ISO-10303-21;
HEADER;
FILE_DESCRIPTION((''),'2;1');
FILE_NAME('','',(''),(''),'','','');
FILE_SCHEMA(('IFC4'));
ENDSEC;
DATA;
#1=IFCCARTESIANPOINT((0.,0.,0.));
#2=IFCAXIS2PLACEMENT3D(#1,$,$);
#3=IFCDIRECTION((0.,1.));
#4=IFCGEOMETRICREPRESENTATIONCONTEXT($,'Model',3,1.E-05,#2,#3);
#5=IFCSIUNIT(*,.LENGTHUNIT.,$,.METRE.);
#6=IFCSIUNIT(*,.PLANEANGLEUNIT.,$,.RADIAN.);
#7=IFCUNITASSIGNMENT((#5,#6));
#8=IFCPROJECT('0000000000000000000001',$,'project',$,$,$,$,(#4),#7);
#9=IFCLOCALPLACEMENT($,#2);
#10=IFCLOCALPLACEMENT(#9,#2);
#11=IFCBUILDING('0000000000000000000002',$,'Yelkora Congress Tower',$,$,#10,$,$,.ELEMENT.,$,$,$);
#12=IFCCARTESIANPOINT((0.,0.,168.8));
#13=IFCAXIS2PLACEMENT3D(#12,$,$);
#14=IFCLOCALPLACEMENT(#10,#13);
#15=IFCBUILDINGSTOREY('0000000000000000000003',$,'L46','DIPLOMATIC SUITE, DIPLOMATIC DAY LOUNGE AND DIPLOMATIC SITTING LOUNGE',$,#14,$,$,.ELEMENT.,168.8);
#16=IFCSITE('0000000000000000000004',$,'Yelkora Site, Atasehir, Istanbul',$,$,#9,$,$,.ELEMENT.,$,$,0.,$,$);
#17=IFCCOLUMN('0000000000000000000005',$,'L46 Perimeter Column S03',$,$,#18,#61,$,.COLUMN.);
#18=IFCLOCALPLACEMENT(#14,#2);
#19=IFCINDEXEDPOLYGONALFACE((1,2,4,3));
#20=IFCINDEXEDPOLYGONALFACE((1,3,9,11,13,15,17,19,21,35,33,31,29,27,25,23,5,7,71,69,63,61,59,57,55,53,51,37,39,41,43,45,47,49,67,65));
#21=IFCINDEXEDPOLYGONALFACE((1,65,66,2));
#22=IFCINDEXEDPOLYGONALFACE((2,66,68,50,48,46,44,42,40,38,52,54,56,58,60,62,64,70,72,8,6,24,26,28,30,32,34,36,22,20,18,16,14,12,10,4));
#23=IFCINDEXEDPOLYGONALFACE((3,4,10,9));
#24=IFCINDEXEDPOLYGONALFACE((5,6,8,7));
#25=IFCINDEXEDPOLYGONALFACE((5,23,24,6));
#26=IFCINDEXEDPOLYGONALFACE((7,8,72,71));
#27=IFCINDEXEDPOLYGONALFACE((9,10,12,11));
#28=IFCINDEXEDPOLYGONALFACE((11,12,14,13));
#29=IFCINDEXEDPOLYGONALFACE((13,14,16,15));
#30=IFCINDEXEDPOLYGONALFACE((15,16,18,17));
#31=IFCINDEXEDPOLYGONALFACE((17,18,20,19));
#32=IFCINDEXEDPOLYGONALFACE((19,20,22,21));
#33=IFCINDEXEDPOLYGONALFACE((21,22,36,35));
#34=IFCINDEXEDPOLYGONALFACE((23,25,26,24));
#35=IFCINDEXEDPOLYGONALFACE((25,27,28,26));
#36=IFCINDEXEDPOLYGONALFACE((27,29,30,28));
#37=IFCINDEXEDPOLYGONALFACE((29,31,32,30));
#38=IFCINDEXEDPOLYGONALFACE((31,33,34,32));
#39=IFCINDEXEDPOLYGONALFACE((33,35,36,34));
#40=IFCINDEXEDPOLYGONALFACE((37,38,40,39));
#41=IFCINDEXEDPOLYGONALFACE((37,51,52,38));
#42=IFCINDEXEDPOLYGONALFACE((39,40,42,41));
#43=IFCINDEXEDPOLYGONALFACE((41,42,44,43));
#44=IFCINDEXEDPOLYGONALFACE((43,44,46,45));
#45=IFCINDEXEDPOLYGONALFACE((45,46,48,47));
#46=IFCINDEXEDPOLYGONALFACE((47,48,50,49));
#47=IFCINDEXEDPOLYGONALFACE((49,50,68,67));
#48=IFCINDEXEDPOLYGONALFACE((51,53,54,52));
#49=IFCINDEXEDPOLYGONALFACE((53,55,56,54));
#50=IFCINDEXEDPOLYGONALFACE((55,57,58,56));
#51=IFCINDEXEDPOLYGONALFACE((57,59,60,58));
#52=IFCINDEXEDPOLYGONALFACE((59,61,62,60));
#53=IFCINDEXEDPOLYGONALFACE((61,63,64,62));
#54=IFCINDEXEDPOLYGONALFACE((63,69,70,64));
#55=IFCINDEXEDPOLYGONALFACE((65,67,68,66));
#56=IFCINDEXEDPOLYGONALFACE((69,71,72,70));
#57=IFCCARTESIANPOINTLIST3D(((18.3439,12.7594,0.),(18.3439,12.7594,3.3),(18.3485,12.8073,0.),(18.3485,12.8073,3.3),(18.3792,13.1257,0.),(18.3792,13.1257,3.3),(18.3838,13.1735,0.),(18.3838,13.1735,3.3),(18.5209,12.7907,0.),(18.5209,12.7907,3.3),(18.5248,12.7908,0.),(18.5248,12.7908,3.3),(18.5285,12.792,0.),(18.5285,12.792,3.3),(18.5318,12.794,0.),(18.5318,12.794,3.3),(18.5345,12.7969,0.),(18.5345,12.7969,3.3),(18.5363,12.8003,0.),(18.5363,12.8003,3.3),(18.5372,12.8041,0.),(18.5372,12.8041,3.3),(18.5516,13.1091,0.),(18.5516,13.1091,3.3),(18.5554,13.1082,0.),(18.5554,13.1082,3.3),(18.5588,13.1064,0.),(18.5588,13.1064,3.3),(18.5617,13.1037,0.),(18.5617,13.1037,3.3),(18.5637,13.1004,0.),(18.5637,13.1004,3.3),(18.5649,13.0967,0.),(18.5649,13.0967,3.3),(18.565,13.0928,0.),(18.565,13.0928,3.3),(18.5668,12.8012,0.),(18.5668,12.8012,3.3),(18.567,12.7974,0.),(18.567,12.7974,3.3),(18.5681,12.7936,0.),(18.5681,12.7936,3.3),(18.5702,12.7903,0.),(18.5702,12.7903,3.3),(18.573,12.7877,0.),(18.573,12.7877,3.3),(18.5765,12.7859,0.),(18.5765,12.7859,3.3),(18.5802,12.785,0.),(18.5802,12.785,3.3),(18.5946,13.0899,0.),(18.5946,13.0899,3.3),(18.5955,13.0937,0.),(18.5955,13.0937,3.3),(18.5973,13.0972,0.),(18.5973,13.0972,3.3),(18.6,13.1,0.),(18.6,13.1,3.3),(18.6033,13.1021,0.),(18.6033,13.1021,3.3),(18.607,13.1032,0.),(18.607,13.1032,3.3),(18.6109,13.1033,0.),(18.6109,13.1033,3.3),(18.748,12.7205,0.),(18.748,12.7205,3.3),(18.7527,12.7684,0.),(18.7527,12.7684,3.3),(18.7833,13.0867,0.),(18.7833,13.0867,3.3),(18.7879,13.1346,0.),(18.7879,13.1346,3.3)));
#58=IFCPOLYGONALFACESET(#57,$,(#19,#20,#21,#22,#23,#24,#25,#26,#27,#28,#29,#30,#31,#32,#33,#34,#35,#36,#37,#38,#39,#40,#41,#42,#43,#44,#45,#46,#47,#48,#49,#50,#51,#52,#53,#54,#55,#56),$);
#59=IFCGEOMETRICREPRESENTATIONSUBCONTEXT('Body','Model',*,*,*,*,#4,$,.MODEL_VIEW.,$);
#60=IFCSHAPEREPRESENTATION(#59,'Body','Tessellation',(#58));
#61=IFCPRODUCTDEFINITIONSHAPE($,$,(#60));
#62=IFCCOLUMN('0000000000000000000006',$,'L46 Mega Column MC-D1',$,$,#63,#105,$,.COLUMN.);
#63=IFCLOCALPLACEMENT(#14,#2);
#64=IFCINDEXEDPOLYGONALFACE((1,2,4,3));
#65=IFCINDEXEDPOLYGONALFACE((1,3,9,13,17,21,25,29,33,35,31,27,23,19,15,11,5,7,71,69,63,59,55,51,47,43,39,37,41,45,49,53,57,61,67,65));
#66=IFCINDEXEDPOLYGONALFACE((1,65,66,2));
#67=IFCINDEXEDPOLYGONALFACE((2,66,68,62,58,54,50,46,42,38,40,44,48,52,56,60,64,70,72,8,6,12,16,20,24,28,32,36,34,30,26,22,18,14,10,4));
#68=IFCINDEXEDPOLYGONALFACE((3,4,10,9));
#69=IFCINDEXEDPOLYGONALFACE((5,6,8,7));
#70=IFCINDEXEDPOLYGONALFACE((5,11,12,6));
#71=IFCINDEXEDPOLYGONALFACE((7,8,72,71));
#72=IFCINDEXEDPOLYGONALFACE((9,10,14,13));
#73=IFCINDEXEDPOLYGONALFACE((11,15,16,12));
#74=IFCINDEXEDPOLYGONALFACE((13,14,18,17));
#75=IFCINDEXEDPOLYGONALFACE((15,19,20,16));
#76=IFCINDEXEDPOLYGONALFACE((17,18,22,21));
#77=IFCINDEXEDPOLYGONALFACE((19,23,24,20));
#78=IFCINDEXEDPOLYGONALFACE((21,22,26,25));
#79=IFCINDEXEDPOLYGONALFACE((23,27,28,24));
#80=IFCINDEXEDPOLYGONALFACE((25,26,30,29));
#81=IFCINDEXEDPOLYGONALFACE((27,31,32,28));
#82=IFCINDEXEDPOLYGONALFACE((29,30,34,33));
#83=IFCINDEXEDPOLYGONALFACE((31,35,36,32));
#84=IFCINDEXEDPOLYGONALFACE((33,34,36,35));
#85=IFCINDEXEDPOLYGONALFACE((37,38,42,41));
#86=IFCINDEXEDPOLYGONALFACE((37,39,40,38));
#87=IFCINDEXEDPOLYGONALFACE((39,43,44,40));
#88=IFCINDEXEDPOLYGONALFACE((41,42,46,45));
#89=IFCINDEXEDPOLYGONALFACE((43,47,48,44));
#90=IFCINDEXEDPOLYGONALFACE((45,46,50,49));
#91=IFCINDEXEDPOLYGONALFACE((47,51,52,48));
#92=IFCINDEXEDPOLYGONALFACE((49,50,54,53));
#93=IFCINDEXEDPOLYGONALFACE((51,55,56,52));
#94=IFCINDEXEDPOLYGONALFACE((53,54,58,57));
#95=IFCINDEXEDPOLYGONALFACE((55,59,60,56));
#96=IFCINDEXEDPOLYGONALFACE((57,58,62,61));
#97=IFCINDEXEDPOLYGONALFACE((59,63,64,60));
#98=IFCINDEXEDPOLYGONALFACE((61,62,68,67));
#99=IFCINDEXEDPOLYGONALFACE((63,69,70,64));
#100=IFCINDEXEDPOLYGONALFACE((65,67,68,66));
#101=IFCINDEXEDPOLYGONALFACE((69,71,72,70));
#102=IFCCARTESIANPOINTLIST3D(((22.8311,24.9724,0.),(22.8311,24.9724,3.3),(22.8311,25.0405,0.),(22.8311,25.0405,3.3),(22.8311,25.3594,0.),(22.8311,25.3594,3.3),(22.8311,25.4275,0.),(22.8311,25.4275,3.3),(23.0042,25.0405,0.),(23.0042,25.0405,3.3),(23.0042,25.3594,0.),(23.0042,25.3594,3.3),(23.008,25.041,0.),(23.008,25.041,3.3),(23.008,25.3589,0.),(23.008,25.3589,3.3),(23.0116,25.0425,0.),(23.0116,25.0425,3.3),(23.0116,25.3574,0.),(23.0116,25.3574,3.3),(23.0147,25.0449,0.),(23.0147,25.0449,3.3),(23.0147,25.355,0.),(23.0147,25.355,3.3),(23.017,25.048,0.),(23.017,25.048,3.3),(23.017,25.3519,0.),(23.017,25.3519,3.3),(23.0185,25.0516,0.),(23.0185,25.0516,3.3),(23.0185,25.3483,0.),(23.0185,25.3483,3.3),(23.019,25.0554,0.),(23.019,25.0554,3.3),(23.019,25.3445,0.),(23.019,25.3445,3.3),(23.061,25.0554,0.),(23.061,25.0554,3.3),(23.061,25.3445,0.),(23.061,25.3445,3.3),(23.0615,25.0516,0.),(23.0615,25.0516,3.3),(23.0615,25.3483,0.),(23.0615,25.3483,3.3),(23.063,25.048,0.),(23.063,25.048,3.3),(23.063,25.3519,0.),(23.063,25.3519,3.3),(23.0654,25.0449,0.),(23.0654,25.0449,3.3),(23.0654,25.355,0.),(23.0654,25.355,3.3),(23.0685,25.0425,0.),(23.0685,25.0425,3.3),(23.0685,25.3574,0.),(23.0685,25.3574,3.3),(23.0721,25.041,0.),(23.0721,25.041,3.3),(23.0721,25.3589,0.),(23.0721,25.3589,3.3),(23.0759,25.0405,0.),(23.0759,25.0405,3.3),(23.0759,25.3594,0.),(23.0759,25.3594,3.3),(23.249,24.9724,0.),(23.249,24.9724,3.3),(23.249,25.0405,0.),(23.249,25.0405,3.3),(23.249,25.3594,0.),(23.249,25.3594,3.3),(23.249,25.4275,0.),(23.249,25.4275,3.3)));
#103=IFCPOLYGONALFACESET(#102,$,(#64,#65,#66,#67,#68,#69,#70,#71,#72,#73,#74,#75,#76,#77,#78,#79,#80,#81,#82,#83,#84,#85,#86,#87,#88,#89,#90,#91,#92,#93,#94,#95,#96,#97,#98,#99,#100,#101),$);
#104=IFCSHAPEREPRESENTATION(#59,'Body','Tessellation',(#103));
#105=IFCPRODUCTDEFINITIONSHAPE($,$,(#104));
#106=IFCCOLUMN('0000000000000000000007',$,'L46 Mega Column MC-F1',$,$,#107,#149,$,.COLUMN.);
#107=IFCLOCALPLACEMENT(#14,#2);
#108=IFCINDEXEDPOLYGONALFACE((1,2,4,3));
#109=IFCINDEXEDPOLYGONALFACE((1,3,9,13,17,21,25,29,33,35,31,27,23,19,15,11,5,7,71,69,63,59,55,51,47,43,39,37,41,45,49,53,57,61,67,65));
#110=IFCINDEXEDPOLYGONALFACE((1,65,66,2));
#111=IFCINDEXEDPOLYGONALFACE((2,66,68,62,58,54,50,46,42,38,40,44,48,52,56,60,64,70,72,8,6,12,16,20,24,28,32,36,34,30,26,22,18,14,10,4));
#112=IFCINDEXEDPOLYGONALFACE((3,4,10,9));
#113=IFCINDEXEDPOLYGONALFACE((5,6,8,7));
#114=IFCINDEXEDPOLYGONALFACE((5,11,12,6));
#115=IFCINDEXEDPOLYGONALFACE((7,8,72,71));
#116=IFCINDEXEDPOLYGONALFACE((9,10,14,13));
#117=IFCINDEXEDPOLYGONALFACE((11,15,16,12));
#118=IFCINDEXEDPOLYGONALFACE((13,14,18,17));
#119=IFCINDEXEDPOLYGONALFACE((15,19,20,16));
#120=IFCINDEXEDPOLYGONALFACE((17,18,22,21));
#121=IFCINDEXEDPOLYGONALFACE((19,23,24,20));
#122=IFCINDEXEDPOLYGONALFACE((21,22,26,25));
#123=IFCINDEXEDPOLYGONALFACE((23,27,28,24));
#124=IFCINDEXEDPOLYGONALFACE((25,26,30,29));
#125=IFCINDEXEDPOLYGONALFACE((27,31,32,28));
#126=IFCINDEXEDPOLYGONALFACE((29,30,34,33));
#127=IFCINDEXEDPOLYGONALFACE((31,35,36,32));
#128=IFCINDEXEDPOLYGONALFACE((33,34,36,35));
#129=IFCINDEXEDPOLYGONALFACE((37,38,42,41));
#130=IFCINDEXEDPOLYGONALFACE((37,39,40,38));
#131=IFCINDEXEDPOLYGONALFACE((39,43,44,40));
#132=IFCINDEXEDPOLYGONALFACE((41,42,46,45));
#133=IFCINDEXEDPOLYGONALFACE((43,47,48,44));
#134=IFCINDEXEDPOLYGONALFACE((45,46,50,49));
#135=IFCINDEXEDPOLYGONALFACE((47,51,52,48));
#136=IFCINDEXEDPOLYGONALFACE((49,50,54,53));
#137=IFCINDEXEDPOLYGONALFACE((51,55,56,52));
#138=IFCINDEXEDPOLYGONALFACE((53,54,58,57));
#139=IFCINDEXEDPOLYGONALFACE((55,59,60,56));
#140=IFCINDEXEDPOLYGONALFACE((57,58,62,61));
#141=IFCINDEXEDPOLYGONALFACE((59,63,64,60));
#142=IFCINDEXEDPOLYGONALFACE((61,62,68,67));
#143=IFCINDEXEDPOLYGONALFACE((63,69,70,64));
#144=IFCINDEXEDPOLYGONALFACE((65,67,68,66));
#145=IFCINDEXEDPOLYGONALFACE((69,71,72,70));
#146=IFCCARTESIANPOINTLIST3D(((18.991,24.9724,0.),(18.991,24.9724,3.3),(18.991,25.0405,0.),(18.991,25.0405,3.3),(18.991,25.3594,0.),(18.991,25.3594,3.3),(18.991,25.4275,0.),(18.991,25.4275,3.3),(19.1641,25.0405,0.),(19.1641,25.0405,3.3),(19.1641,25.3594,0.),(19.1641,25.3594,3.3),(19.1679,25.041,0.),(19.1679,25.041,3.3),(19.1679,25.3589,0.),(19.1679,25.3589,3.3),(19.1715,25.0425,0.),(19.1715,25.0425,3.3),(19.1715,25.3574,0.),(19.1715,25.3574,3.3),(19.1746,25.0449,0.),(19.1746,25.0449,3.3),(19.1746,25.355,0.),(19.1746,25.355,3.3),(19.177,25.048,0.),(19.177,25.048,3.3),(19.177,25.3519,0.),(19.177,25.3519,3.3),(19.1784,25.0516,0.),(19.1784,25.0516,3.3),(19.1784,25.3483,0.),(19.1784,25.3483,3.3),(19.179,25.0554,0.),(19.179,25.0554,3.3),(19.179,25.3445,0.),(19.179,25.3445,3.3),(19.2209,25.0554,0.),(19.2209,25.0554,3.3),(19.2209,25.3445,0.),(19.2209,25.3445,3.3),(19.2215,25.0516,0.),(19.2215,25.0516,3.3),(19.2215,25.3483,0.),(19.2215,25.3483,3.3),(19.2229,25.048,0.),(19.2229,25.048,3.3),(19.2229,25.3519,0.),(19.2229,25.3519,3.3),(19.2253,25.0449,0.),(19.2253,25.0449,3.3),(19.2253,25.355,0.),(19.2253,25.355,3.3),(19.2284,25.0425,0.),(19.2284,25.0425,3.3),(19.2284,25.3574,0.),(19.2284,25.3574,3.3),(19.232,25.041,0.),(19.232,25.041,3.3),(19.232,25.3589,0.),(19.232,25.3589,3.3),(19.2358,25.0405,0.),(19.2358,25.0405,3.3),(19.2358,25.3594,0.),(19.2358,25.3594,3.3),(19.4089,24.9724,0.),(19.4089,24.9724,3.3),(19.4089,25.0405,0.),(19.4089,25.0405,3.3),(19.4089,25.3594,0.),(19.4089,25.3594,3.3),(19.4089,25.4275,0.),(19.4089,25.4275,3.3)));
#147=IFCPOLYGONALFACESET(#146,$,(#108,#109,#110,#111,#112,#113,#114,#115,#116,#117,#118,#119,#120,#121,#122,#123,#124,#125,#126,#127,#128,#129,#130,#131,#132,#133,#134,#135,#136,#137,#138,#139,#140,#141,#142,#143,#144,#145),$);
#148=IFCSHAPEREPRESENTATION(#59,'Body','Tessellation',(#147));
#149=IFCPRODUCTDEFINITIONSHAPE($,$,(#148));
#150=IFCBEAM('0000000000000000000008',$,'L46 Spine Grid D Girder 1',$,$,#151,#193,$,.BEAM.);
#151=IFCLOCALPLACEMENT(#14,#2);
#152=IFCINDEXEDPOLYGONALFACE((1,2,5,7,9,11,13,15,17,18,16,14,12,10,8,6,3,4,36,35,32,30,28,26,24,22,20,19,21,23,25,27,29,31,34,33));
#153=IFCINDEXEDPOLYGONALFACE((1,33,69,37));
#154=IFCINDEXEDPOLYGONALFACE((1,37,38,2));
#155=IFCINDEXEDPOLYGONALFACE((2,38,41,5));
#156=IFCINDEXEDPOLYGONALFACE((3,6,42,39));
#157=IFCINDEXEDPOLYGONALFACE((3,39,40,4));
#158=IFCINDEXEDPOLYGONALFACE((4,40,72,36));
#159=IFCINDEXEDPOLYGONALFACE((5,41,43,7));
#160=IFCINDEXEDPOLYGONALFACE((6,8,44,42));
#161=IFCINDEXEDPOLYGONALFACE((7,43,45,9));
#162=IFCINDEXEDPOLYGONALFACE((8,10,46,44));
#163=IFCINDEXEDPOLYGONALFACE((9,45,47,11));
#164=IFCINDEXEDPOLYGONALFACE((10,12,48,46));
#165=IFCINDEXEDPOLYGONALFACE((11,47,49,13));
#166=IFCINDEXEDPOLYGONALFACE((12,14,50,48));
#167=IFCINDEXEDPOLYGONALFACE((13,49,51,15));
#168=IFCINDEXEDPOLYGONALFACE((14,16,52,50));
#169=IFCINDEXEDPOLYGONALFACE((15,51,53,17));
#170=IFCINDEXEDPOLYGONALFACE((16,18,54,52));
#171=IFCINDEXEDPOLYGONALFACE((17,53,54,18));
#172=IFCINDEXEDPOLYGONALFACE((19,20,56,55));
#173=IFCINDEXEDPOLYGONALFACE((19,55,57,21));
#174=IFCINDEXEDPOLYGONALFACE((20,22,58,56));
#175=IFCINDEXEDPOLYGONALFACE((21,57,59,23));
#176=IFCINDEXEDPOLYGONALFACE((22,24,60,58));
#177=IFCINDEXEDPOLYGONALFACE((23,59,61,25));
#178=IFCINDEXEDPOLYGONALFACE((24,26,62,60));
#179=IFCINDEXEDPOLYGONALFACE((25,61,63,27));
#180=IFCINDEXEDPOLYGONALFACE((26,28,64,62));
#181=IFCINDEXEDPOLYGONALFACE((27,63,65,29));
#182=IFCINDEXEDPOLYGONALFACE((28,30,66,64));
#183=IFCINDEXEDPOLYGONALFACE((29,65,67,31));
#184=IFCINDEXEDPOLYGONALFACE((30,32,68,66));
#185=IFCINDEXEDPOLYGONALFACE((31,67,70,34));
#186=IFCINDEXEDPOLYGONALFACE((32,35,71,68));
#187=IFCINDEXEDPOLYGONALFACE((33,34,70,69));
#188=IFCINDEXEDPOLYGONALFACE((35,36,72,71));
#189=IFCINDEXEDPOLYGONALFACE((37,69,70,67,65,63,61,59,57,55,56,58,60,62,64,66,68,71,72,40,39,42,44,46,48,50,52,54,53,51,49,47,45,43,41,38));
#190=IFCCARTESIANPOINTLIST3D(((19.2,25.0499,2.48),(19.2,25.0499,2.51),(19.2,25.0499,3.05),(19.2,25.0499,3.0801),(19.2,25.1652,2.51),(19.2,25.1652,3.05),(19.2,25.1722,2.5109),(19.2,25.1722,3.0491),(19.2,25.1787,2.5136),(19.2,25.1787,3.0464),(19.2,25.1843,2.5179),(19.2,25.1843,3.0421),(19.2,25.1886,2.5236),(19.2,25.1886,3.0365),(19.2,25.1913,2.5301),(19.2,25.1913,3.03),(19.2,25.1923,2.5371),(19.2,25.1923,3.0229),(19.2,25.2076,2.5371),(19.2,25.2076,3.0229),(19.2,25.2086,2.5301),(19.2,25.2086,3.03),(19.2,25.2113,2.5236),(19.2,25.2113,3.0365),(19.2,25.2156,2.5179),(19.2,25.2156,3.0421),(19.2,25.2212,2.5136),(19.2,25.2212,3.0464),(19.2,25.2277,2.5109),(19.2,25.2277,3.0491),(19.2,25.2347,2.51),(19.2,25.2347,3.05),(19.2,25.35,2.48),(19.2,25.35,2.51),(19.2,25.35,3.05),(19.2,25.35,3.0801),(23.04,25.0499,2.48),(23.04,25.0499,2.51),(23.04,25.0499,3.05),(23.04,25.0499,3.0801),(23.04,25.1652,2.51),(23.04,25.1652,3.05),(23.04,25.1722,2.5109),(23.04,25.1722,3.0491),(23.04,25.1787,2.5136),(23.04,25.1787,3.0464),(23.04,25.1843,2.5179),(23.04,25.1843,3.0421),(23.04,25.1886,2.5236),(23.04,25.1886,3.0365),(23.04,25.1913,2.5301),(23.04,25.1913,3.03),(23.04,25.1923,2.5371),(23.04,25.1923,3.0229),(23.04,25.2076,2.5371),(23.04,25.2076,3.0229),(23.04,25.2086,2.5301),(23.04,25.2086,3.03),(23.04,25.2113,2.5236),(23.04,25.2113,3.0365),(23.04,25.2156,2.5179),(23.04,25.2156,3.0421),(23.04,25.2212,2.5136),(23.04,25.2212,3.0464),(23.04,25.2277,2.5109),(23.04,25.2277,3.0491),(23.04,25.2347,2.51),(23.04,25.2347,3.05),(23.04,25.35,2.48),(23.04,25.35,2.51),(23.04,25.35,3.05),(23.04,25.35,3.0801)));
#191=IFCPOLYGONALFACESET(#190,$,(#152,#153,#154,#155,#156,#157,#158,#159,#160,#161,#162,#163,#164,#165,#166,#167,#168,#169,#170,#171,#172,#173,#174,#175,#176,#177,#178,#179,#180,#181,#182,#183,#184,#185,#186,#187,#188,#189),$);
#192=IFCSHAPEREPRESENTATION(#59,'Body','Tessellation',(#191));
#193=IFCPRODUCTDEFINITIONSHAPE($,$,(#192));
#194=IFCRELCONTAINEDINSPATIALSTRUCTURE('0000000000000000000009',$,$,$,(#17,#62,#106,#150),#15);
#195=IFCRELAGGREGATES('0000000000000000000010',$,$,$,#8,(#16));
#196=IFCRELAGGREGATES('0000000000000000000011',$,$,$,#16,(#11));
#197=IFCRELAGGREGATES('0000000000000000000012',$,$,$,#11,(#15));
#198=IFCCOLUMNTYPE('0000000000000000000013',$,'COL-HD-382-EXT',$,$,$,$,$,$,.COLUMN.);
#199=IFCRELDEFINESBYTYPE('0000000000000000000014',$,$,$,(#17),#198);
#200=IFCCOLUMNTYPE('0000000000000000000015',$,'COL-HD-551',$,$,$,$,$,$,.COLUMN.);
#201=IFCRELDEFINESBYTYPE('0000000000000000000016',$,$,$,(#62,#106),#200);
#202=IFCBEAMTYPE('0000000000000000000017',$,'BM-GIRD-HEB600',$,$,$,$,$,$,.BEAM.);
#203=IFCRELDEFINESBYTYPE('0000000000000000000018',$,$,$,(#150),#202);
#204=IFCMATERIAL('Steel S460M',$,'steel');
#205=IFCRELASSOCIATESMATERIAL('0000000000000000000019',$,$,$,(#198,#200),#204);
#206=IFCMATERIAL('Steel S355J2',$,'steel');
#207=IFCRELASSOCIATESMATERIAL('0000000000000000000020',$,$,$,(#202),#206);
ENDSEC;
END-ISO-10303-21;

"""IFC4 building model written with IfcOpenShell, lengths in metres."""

from ifc_helpers import new_model, si_unit, direction, frame, origin, origin_2d, place, context, subcontext, project, spatial, i_section, extrude, material, material_profile, profile_set, type_object, element, save


model = new_model("IFC4")

# Units and contexts
model_context = context("Model", 3, precision=1e-05, world=origin(), true_north=direction((0.0, 1.0)))
body_context = subcontext(model_context, "Body", "Model", "MODEL_VIEW")
ifc_project = project(units=[si_unit("LENGTHUNIT", "METRE"), si_unit("PLANEANGLEUNIT", "RADIAN")], contexts=[model_context])

# Site, building, storey
site_placement = place(None, origin())
site = spatial("IfcSite", under=ifc_project, at=site_placement, Name="Yelkora Site, Atasehir, Istanbul", CompositionType="ELEMENT", RefElevation=0.0)
building_placement = place(site_placement, origin())
building = spatial("IfcBuilding", under=site, at=building_placement, Name="Yelkora Congress Tower", CompositionType="ELEMENT")
storey_placement = place(building_placement, frame((0.0, 0.0, 168.8)))
storey = spatial("IfcBuildingStorey", under=building, at=storey_placement, Name="L46", Description="DIPLOMATIC SUITE, DIPLOMATIC DAY LOUNGE AND DIPLOMATIC SITTING LOUNGE", CompositionType="ELEMENT", Elevation=168.8)

# Columns
ifc_material_1 = material(Name="Steel S460M", Category="steel")
ifc_material_profile_1 = material_profile(ifc_material_1, i_section(OverallWidth=0.406, OverallDepth=0.416, WebThickness=0.0298, FlangeThickness=0.0481, FilletRadius=0.0149, at=origin_2d()), Name="HD 400x382")
ifc_profile_set_1 = profile_set([ifc_material_profile_1], Name="Steel S460M")
column_type_1 = type_object("IfcColumnType", Name="COL-HD-382-EXT", PredefinedType="COLUMN", material=ifc_profile_set_1)
column_placement = place(storey_placement, frame((18.5659, 12.947, 0.0), z_axis=(0.0, 0.0, 1.0), x_axis=(0.995396, -0.095846, 0.0)))
element("IfcColumn", 1, at=column_placement, inside=storey, type_object=column_type_1, Name="L46 Perimeter Column S03", PredefinedType="COLUMN", context=body_context, shape_type="SweptSolid", body=[
    extrude(i_section(OverallWidth=0.406, OverallDepth=0.416, WebThickness=0.0298, FlangeThickness=0.0481, FilletRadius=0.0149, at=origin_2d()), origin(), (0.0, 0.0, 1.0), 3.3),
])
ifc_material_profile_2 = material_profile(ifc_material_1, i_section(OverallWidth=0.418, OverallDepth=0.4551, WebThickness=0.042, FlangeThickness=0.0681, FilletRadius=0.0149, at=origin_2d()), Name="HD 400x551")
ifc_profile_set_2 = profile_set([ifc_material_profile_2], Name="Steel S460M")
column_type_2 = type_object("IfcColumnType", Name="COL-HD-551", PredefinedType="COLUMN", material=ifc_profile_set_2)
for number, where, z_axis, x_axis, name in (
    (2, (23.04, 25.2, 0.0), (0.0, 0.0, 1.0), (1.0, 0.0, 0.0), "L46 Mega Column MC-D1"),
    (3, (19.2, 25.2, 0.0), (0.0, 0.0, 1.0), (1.0, 0.0, 0.0), "L46 Mega Column MC-F1"),
):
    element("IfcColumn", number, at=place(storey_placement, frame(where, z_axis=z_axis, x_axis=x_axis)), inside=storey, type_object=column_type_2, Name=name, PredefinedType="COLUMN", context=body_context, shape_type="SweptSolid", body=[
        extrude(i_section(OverallWidth=0.418, OverallDepth=0.4551, WebThickness=0.042, FlangeThickness=0.0681, FilletRadius=0.0149, at=origin_2d()), origin(), (0.0, 0.0, 1.0), 3.3),
    ])

# Beam
ifc_material_2 = material(Name="Steel S355J2", Category="steel")
ifc_material_profile_3 = material_profile(ifc_material_2, i_section(OverallWidth=0.3, OverallDepth=0.6001, WebThickness=0.0154, FlangeThickness=0.03, FilletRadius=0.0271, at=origin_2d()), Name="HEB 600")
ifc_profile_set_3 = profile_set([ifc_material_profile_3], Name="Steel S355J2")
beam_type_1 = type_object("IfcBeamType", Name="BM-GIRD-HEB600", PredefinedType="BEAM", material=ifc_profile_set_3)
beam_1_placement = place(storey_placement, frame((19.2, 25.2, 2.78), z_axis=(1.0, 0.0, 0.0), x_axis=(0.0, 1.0, 0.0)))
element("IfcBeam", 4, at=beam_1_placement, inside=storey, type_object=beam_type_1, Name="L46 Spine Grid D Girder 1", PredefinedType="BEAM", context=body_context, shape_type="SweptSolid", body=[
    extrude(i_section(OverallWidth=0.3, OverallDepth=0.6001, WebThickness=0.0154, FlangeThickness=0.03, FilletRadius=0.0271, at=origin_2d()), origin(), (0.0, 0.0, 1.0), 3.8401),
])

save(model, "model.ifc")
